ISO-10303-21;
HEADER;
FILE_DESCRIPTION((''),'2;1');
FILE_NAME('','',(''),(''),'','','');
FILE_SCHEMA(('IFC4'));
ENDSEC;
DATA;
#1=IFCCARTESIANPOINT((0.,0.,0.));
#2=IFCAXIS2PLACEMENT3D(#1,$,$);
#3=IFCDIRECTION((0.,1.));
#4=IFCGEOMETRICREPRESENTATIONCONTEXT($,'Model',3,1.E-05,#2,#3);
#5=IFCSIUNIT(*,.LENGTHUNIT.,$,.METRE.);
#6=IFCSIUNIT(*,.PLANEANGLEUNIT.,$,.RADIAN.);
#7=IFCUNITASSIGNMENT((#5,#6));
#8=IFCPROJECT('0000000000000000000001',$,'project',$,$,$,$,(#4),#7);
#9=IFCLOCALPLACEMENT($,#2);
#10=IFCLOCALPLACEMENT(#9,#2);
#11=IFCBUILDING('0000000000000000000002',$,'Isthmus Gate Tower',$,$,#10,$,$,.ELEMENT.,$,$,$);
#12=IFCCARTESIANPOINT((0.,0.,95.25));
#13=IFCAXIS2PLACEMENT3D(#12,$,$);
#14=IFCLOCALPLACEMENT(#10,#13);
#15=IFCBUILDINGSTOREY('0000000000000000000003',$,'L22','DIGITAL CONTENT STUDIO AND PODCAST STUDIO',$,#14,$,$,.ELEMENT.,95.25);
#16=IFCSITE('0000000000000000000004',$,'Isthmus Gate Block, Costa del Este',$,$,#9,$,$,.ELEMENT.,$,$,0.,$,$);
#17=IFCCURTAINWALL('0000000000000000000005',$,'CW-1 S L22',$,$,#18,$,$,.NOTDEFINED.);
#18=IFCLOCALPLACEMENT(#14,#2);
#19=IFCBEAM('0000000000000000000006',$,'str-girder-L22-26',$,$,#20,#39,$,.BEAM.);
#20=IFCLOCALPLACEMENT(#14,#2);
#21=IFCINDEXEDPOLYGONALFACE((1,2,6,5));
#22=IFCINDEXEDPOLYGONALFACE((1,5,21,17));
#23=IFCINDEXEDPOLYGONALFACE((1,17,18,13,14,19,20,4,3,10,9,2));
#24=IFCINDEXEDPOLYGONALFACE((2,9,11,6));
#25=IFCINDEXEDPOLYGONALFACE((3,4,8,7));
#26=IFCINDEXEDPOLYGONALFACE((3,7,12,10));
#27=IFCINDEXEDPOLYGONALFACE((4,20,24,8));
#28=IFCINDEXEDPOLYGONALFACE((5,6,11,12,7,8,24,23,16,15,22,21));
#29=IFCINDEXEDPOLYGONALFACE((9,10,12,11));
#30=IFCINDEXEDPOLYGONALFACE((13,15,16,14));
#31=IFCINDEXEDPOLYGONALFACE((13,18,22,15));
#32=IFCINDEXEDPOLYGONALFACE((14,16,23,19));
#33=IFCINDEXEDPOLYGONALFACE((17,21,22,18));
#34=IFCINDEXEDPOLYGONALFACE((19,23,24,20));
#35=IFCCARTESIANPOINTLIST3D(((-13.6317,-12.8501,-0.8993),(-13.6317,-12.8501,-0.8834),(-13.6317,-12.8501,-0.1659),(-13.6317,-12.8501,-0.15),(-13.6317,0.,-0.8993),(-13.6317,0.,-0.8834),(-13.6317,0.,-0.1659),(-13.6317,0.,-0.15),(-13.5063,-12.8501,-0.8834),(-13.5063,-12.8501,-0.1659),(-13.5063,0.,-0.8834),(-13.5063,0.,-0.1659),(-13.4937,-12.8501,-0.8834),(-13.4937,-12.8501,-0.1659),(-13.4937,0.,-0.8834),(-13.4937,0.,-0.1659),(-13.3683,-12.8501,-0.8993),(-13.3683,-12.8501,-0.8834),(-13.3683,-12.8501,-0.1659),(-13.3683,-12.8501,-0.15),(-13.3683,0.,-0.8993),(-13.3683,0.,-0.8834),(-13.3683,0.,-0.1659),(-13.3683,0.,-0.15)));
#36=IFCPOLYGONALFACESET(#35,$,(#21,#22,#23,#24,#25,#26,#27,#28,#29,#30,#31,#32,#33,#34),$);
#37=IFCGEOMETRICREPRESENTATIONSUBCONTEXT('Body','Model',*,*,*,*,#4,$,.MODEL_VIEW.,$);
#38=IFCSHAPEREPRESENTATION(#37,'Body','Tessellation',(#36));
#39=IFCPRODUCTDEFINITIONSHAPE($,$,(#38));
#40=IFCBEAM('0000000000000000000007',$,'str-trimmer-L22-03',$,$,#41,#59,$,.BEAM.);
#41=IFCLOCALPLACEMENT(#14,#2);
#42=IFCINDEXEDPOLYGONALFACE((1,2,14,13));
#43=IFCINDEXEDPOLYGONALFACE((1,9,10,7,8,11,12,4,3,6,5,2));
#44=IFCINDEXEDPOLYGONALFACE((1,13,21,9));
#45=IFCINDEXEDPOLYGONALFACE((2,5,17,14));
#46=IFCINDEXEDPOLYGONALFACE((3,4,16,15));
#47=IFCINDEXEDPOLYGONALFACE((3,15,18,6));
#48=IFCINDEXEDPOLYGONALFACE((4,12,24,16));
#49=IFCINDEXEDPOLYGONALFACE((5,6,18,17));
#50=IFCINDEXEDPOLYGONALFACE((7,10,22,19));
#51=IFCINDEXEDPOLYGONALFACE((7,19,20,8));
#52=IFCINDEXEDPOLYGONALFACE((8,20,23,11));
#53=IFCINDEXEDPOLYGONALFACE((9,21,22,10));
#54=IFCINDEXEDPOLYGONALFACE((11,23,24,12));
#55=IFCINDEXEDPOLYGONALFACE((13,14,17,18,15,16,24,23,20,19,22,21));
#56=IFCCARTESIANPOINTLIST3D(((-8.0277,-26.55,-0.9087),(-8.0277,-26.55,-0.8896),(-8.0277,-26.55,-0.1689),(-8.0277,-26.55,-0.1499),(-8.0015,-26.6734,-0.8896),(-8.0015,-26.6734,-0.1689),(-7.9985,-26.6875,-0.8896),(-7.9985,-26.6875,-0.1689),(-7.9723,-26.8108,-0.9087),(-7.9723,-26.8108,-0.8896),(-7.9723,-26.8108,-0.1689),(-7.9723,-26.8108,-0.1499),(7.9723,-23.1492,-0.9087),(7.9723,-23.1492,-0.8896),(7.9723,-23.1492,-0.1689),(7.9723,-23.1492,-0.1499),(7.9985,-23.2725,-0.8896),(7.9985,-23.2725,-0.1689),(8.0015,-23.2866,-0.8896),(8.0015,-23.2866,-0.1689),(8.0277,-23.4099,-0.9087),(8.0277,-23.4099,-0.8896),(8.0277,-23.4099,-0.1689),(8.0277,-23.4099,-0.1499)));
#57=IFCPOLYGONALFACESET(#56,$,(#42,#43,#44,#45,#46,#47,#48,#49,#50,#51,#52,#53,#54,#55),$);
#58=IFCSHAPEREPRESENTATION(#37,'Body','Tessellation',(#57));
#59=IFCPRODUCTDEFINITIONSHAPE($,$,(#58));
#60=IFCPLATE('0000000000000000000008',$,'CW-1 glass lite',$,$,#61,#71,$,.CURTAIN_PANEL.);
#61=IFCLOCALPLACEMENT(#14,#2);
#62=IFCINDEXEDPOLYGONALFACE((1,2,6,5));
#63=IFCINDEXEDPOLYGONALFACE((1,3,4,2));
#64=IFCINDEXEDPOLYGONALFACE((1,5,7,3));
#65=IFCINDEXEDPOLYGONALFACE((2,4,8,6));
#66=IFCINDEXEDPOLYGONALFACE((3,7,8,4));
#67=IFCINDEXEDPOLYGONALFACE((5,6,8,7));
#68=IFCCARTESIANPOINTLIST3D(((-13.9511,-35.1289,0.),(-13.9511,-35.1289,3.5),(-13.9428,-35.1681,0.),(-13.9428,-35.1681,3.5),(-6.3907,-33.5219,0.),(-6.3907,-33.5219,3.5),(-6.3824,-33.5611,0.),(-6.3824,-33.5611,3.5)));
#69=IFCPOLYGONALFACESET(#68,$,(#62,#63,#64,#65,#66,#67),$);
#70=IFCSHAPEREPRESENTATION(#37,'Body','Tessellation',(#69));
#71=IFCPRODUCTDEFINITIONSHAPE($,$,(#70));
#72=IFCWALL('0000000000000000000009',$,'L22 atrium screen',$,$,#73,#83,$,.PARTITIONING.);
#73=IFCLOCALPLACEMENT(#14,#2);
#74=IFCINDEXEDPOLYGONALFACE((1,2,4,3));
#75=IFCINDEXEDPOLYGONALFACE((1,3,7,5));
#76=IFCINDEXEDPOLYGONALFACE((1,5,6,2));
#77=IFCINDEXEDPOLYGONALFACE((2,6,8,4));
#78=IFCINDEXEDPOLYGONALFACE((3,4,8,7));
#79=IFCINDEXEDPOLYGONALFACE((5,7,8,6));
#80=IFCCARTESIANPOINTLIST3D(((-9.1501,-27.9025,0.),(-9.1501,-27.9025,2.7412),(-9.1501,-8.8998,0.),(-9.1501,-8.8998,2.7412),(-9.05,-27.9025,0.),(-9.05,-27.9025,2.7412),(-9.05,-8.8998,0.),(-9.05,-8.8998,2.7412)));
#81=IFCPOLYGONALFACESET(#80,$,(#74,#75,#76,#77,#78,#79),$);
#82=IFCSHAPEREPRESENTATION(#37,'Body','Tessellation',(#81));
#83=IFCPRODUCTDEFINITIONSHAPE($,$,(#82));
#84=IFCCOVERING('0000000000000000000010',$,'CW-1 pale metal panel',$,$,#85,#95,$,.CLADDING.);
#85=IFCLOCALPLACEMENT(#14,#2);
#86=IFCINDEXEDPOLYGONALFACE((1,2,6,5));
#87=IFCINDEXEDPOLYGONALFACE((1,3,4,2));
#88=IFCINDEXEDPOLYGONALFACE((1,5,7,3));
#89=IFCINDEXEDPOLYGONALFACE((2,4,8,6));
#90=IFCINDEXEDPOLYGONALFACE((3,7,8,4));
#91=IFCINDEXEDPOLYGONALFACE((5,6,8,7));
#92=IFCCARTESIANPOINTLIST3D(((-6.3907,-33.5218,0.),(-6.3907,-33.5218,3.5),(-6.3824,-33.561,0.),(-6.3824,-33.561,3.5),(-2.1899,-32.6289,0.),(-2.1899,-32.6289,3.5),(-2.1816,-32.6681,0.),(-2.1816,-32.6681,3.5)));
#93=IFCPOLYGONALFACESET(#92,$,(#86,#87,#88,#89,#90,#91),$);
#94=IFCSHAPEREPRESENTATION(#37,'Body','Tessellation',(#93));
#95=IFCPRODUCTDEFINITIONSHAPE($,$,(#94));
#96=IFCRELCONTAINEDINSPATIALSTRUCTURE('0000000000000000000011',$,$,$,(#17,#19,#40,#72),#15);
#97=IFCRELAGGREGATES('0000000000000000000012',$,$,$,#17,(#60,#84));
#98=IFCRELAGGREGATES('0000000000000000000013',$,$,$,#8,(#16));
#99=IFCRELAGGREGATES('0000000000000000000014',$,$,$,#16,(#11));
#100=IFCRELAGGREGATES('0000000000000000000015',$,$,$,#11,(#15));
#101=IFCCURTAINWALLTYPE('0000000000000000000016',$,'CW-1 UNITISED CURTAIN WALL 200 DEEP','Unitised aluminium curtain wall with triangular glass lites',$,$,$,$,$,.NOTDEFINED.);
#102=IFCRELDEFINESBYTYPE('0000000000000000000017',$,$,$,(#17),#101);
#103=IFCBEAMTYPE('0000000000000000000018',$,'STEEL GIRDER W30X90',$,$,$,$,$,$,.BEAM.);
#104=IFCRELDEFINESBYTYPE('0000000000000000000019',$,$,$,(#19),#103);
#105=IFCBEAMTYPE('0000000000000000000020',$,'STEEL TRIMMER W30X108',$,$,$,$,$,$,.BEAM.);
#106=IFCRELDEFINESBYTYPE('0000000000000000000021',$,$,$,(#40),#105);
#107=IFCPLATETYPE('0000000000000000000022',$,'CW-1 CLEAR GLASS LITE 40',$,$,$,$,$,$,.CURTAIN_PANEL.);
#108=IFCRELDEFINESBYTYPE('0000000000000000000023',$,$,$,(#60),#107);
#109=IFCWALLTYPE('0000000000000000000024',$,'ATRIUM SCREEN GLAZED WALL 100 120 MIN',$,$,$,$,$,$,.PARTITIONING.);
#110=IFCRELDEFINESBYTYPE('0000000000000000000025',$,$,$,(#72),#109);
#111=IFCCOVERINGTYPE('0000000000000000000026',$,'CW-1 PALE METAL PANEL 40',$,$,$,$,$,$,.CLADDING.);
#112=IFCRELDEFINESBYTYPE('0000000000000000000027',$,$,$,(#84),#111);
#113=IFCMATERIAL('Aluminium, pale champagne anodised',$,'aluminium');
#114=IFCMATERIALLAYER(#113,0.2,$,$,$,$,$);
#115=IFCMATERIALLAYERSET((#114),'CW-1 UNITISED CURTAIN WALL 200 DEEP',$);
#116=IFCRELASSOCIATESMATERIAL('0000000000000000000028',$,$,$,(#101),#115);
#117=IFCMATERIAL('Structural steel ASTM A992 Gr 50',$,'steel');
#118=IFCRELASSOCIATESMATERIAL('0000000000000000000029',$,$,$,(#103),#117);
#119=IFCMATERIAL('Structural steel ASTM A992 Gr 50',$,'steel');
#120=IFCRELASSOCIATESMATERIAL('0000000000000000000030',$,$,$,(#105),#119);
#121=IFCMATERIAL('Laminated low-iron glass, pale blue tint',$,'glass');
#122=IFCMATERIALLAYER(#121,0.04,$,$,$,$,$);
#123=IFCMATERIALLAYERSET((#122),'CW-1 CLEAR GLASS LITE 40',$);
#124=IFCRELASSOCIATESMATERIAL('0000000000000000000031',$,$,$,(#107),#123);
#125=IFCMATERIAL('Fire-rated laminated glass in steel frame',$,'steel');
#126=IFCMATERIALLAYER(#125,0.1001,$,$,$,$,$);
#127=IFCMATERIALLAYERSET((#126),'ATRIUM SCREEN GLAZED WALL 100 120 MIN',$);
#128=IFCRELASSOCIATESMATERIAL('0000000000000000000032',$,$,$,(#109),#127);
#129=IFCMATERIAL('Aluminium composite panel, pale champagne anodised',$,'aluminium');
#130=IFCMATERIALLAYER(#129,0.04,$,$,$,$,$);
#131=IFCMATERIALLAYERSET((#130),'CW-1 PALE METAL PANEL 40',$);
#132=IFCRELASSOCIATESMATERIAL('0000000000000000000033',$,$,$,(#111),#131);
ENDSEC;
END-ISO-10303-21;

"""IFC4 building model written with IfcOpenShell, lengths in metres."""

from ifc_helpers import new_model, si_unit, direction, frame, frame_2d, origin, origin_2d, place, context, subcontext, project, spatial, rectangle, i_section, extrude, material, layer, layer_set, material_profile, profile_set, type_object, element, aggregate, save


model = new_model("IFC4")

# Units and contexts
model_context = context("Model", 3, precision=1e-05, world=origin(), true_north=direction((0.0, 1.0)))
body_context = subcontext(model_context, "Body", "Model", "MODEL_VIEW")
ifc_project = project(units=[si_unit("LENGTHUNIT", "METRE"), si_unit("PLANEANGLEUNIT", "RADIAN")], contexts=[model_context])

# Site, building, storey
site_placement = place(None, origin())
site = spatial("IfcSite", under=ifc_project, at=site_placement, Name="Isthmus Gate Block, Costa del Este", CompositionType="ELEMENT", RefElevation=0.0)
building_placement = place(site_placement, origin())
building = spatial("IfcBuilding", under=site, at=building_placement, Name="Isthmus Gate Tower", CompositionType="ELEMENT")
storey_placement = place(building_placement, frame((0.0, 0.0, 95.25)))
storey = spatial("IfcBuildingStorey", under=building, at=storey_placement, Name="L22", Description="DIGITAL CONTENT STUDIO AND PODCAST STUDIO", CompositionType="ELEMENT", Elevation=95.25)

# Curtain wall
ifc_material_1 = material(Name="Aluminium, pale champagne anodised", Category="aluminium")
ifc_layer_1 = layer(ifc_material_1, 0.2)
ifc_layer_set_1 = layer_set([ifc_layer_1], Name="CW-1 UNITISED CURTAIN WALL 200 DEEP")
curtain_wall_type = type_object("IfcCurtainWallType", Name="CW-1 UNITISED CURTAIN WALL 200 DEEP", Description="Unitised aluminium curtain wall with triangular glass lites", PredefinedType="NOTDEFINED", material=ifc_layer_set_1)
curtain_wall_placement = place(storey_placement, origin())
curtain_wall = element("IfcCurtainWall", 1, at=curtain_wall_placement, inside=storey, type_object=curtain_wall_type, Name="CW-1 S L22", PredefinedType="NOTDEFINED")

# Beams
ifc_material_2 = material(Name="Structural steel ASTM A992 Gr 50", Category="steel")
ifc_material_profile_1 = material_profile(ifc_material_2, i_section(OverallWidth=0.2634, OverallDepth=0.7493, WebThickness=0.0127, FlangeThickness=0.0159, at=origin_2d()), Name="W30X90")
ifc_profile_set_1 = profile_set([ifc_material_profile_1], Name="Structural steel ASTM A992 Gr 50")
beam_type_1 = type_object("IfcBeamType", Name="STEEL GIRDER W30X90", PredefinedType="BEAM", material=ifc_profile_set_1)
beam_1_placement = place(storey_placement, frame((-13.5, -12.8501, -0.5247), z_axis=(0.0, 1.0, 0.0), x_axis=(-1.0, 0.0, 0.0)))
element("IfcBeam", 2, at=beam_1_placement, inside=storey, type_object=beam_type_1, Name="str-girder-L22-26", PredefinedType="BEAM", context=body_context, shape_type="SweptSolid", body=[
    extrude(i_section(OverallWidth=0.2634, OverallDepth=0.7493, WebThickness=0.0127, FlangeThickness=0.0159, at=origin_2d()), origin(), (0.0, 0.0, 1.0), 12.8501),
])
ifc_material_3 = material(Name="Structural steel ASTM A992 Gr 50", Category="steel")
ifc_material_profile_2 = material_profile(ifc_material_3, i_section(OverallWidth=0.2666, OverallDepth=0.7588, WebThickness=0.0144, FlangeThickness=0.019, at=origin_2d()), Name="W30X108")
ifc_profile_set_2 = profile_set([ifc_material_profile_2], Name="Structural steel ASTM A992 Gr 50")
beam_type_2 = type_object("IfcBeamType", Name="STEEL TRIMMER W30X108", PredefinedType="BEAM", material=ifc_profile_set_2)
beam_2_placement = place(storey_placement, frame((-8.0, -26.6804, -0.5293), z_axis=(0.978148, 0.20791, 0.0), x_axis=(-0.20791, 0.978148, 0.0)))
element("IfcBeam", 3, at=beam_2_placement, inside=storey, type_object=beam_type_2, Name="str-trimmer-L22-03", PredefinedType="BEAM", context=body_context, shape_type="SweptSolid", body=[
    extrude(i_section(OverallWidth=0.2666, OverallDepth=0.7588, WebThickness=0.0144, FlangeThickness=0.019, at=origin_2d()), origin(), (0.0, 0.0, 1.0), 16.3574),
])

# Plate
ifc_material_4 = material(Name="Laminated low-iron glass, pale blue tint", Category="glass")
ifc_layer_2 = layer(ifc_material_4, 0.04)
ifc_layer_set_2 = layer_set([ifc_layer_2], Name="CW-1 CLEAR GLASS LITE 40")
plate_type = type_object("IfcPlateType", Name="CW-1 CLEAR GLASS LITE 40", PredefinedType="CURTAIN_PANEL", material=ifc_layer_set_2)
plate_placement = place(storey_placement, frame((-10.1667, -34.345, 0.0), z_axis=(0.0, 0.0, 1.0), x_axis=(0.978148, 0.207912, 0.0)))
plate = element("IfcPlate", 4, at=plate_placement, type_object=plate_type, Name="CW-1 glass lite", PredefinedType="CURTAIN_PANEL", context=body_context, shape_type="SweptSolid", body=[
    extrude(rectangle(XDim=7.7292, YDim=0.04, at=origin_2d()), origin(), (0.0, 0.0, 1.0), 3.5),
])

# Wall
ifc_material_5 = material(Name="Fire-rated laminated glass in steel frame", Category="steel")
ifc_layer_3 = layer(ifc_material_5, 0.1001)
ifc_layer_set_3 = layer_set([ifc_layer_3], Name="ATRIUM SCREEN GLAZED WALL 100 120 MIN")
wall_type = type_object("IfcWallType", Name="ATRIUM SCREEN GLAZED WALL 100 120 MIN", PredefinedType="PARTITIONING", material=ifc_layer_set_3)
wall_placement = place(storey_placement, frame((-9.1001, -27.9026, 0.0), z_axis=(0.0, 0.0, 1.0), x_axis=(0.0, 1.0, 0.0)))
element("IfcWall", 5, at=wall_placement, inside=storey, type_object=wall_type, Name="L22 atrium screen", PredefinedType="PARTITIONING", context=body_context, shape_type="SweptSolid", body=[
    extrude(rectangle(XDim=19.0027, YDim=0.1001, at=frame_2d((9.5015, 0.0))), origin(), (0.0, 0.0, 1.0), 2.7412),
])

# Covering
ifc_material_6 = material(Name="Aluminium composite panel, pale champagne anodised", Category="aluminium")
ifc_layer_4 = layer(ifc_material_6, 0.04)
ifc_layer_set_4 = layer_set([ifc_layer_4], Name="CW-1 PALE METAL PANEL 40")
covering_type = type_object("IfcCoveringType", Name="CW-1 PALE METAL PANEL 40", PredefinedType="CLADDING", material=ifc_layer_set_4)
covering_placement = place(storey_placement, frame((-4.2861, -33.095, 0.0), z_axis=(0.0, 0.0, 1.0), x_axis=(0.978148, 0.207912, 0.0)))
covering = element("IfcCovering", 6, at=covering_placement, type_object=covering_type, Name="CW-1 pale metal panel", PredefinedType="CLADDING", context=body_context, shape_type="SweptSolid", body=[
    extrude(rectangle(XDim=4.2947, YDim=0.04, at=origin_2d()), origin(), (0.0, 0.0, 1.0), 3.5),
])
aggregate(curtain_wall, [plate, covering])

save(model, "model.ifc")
